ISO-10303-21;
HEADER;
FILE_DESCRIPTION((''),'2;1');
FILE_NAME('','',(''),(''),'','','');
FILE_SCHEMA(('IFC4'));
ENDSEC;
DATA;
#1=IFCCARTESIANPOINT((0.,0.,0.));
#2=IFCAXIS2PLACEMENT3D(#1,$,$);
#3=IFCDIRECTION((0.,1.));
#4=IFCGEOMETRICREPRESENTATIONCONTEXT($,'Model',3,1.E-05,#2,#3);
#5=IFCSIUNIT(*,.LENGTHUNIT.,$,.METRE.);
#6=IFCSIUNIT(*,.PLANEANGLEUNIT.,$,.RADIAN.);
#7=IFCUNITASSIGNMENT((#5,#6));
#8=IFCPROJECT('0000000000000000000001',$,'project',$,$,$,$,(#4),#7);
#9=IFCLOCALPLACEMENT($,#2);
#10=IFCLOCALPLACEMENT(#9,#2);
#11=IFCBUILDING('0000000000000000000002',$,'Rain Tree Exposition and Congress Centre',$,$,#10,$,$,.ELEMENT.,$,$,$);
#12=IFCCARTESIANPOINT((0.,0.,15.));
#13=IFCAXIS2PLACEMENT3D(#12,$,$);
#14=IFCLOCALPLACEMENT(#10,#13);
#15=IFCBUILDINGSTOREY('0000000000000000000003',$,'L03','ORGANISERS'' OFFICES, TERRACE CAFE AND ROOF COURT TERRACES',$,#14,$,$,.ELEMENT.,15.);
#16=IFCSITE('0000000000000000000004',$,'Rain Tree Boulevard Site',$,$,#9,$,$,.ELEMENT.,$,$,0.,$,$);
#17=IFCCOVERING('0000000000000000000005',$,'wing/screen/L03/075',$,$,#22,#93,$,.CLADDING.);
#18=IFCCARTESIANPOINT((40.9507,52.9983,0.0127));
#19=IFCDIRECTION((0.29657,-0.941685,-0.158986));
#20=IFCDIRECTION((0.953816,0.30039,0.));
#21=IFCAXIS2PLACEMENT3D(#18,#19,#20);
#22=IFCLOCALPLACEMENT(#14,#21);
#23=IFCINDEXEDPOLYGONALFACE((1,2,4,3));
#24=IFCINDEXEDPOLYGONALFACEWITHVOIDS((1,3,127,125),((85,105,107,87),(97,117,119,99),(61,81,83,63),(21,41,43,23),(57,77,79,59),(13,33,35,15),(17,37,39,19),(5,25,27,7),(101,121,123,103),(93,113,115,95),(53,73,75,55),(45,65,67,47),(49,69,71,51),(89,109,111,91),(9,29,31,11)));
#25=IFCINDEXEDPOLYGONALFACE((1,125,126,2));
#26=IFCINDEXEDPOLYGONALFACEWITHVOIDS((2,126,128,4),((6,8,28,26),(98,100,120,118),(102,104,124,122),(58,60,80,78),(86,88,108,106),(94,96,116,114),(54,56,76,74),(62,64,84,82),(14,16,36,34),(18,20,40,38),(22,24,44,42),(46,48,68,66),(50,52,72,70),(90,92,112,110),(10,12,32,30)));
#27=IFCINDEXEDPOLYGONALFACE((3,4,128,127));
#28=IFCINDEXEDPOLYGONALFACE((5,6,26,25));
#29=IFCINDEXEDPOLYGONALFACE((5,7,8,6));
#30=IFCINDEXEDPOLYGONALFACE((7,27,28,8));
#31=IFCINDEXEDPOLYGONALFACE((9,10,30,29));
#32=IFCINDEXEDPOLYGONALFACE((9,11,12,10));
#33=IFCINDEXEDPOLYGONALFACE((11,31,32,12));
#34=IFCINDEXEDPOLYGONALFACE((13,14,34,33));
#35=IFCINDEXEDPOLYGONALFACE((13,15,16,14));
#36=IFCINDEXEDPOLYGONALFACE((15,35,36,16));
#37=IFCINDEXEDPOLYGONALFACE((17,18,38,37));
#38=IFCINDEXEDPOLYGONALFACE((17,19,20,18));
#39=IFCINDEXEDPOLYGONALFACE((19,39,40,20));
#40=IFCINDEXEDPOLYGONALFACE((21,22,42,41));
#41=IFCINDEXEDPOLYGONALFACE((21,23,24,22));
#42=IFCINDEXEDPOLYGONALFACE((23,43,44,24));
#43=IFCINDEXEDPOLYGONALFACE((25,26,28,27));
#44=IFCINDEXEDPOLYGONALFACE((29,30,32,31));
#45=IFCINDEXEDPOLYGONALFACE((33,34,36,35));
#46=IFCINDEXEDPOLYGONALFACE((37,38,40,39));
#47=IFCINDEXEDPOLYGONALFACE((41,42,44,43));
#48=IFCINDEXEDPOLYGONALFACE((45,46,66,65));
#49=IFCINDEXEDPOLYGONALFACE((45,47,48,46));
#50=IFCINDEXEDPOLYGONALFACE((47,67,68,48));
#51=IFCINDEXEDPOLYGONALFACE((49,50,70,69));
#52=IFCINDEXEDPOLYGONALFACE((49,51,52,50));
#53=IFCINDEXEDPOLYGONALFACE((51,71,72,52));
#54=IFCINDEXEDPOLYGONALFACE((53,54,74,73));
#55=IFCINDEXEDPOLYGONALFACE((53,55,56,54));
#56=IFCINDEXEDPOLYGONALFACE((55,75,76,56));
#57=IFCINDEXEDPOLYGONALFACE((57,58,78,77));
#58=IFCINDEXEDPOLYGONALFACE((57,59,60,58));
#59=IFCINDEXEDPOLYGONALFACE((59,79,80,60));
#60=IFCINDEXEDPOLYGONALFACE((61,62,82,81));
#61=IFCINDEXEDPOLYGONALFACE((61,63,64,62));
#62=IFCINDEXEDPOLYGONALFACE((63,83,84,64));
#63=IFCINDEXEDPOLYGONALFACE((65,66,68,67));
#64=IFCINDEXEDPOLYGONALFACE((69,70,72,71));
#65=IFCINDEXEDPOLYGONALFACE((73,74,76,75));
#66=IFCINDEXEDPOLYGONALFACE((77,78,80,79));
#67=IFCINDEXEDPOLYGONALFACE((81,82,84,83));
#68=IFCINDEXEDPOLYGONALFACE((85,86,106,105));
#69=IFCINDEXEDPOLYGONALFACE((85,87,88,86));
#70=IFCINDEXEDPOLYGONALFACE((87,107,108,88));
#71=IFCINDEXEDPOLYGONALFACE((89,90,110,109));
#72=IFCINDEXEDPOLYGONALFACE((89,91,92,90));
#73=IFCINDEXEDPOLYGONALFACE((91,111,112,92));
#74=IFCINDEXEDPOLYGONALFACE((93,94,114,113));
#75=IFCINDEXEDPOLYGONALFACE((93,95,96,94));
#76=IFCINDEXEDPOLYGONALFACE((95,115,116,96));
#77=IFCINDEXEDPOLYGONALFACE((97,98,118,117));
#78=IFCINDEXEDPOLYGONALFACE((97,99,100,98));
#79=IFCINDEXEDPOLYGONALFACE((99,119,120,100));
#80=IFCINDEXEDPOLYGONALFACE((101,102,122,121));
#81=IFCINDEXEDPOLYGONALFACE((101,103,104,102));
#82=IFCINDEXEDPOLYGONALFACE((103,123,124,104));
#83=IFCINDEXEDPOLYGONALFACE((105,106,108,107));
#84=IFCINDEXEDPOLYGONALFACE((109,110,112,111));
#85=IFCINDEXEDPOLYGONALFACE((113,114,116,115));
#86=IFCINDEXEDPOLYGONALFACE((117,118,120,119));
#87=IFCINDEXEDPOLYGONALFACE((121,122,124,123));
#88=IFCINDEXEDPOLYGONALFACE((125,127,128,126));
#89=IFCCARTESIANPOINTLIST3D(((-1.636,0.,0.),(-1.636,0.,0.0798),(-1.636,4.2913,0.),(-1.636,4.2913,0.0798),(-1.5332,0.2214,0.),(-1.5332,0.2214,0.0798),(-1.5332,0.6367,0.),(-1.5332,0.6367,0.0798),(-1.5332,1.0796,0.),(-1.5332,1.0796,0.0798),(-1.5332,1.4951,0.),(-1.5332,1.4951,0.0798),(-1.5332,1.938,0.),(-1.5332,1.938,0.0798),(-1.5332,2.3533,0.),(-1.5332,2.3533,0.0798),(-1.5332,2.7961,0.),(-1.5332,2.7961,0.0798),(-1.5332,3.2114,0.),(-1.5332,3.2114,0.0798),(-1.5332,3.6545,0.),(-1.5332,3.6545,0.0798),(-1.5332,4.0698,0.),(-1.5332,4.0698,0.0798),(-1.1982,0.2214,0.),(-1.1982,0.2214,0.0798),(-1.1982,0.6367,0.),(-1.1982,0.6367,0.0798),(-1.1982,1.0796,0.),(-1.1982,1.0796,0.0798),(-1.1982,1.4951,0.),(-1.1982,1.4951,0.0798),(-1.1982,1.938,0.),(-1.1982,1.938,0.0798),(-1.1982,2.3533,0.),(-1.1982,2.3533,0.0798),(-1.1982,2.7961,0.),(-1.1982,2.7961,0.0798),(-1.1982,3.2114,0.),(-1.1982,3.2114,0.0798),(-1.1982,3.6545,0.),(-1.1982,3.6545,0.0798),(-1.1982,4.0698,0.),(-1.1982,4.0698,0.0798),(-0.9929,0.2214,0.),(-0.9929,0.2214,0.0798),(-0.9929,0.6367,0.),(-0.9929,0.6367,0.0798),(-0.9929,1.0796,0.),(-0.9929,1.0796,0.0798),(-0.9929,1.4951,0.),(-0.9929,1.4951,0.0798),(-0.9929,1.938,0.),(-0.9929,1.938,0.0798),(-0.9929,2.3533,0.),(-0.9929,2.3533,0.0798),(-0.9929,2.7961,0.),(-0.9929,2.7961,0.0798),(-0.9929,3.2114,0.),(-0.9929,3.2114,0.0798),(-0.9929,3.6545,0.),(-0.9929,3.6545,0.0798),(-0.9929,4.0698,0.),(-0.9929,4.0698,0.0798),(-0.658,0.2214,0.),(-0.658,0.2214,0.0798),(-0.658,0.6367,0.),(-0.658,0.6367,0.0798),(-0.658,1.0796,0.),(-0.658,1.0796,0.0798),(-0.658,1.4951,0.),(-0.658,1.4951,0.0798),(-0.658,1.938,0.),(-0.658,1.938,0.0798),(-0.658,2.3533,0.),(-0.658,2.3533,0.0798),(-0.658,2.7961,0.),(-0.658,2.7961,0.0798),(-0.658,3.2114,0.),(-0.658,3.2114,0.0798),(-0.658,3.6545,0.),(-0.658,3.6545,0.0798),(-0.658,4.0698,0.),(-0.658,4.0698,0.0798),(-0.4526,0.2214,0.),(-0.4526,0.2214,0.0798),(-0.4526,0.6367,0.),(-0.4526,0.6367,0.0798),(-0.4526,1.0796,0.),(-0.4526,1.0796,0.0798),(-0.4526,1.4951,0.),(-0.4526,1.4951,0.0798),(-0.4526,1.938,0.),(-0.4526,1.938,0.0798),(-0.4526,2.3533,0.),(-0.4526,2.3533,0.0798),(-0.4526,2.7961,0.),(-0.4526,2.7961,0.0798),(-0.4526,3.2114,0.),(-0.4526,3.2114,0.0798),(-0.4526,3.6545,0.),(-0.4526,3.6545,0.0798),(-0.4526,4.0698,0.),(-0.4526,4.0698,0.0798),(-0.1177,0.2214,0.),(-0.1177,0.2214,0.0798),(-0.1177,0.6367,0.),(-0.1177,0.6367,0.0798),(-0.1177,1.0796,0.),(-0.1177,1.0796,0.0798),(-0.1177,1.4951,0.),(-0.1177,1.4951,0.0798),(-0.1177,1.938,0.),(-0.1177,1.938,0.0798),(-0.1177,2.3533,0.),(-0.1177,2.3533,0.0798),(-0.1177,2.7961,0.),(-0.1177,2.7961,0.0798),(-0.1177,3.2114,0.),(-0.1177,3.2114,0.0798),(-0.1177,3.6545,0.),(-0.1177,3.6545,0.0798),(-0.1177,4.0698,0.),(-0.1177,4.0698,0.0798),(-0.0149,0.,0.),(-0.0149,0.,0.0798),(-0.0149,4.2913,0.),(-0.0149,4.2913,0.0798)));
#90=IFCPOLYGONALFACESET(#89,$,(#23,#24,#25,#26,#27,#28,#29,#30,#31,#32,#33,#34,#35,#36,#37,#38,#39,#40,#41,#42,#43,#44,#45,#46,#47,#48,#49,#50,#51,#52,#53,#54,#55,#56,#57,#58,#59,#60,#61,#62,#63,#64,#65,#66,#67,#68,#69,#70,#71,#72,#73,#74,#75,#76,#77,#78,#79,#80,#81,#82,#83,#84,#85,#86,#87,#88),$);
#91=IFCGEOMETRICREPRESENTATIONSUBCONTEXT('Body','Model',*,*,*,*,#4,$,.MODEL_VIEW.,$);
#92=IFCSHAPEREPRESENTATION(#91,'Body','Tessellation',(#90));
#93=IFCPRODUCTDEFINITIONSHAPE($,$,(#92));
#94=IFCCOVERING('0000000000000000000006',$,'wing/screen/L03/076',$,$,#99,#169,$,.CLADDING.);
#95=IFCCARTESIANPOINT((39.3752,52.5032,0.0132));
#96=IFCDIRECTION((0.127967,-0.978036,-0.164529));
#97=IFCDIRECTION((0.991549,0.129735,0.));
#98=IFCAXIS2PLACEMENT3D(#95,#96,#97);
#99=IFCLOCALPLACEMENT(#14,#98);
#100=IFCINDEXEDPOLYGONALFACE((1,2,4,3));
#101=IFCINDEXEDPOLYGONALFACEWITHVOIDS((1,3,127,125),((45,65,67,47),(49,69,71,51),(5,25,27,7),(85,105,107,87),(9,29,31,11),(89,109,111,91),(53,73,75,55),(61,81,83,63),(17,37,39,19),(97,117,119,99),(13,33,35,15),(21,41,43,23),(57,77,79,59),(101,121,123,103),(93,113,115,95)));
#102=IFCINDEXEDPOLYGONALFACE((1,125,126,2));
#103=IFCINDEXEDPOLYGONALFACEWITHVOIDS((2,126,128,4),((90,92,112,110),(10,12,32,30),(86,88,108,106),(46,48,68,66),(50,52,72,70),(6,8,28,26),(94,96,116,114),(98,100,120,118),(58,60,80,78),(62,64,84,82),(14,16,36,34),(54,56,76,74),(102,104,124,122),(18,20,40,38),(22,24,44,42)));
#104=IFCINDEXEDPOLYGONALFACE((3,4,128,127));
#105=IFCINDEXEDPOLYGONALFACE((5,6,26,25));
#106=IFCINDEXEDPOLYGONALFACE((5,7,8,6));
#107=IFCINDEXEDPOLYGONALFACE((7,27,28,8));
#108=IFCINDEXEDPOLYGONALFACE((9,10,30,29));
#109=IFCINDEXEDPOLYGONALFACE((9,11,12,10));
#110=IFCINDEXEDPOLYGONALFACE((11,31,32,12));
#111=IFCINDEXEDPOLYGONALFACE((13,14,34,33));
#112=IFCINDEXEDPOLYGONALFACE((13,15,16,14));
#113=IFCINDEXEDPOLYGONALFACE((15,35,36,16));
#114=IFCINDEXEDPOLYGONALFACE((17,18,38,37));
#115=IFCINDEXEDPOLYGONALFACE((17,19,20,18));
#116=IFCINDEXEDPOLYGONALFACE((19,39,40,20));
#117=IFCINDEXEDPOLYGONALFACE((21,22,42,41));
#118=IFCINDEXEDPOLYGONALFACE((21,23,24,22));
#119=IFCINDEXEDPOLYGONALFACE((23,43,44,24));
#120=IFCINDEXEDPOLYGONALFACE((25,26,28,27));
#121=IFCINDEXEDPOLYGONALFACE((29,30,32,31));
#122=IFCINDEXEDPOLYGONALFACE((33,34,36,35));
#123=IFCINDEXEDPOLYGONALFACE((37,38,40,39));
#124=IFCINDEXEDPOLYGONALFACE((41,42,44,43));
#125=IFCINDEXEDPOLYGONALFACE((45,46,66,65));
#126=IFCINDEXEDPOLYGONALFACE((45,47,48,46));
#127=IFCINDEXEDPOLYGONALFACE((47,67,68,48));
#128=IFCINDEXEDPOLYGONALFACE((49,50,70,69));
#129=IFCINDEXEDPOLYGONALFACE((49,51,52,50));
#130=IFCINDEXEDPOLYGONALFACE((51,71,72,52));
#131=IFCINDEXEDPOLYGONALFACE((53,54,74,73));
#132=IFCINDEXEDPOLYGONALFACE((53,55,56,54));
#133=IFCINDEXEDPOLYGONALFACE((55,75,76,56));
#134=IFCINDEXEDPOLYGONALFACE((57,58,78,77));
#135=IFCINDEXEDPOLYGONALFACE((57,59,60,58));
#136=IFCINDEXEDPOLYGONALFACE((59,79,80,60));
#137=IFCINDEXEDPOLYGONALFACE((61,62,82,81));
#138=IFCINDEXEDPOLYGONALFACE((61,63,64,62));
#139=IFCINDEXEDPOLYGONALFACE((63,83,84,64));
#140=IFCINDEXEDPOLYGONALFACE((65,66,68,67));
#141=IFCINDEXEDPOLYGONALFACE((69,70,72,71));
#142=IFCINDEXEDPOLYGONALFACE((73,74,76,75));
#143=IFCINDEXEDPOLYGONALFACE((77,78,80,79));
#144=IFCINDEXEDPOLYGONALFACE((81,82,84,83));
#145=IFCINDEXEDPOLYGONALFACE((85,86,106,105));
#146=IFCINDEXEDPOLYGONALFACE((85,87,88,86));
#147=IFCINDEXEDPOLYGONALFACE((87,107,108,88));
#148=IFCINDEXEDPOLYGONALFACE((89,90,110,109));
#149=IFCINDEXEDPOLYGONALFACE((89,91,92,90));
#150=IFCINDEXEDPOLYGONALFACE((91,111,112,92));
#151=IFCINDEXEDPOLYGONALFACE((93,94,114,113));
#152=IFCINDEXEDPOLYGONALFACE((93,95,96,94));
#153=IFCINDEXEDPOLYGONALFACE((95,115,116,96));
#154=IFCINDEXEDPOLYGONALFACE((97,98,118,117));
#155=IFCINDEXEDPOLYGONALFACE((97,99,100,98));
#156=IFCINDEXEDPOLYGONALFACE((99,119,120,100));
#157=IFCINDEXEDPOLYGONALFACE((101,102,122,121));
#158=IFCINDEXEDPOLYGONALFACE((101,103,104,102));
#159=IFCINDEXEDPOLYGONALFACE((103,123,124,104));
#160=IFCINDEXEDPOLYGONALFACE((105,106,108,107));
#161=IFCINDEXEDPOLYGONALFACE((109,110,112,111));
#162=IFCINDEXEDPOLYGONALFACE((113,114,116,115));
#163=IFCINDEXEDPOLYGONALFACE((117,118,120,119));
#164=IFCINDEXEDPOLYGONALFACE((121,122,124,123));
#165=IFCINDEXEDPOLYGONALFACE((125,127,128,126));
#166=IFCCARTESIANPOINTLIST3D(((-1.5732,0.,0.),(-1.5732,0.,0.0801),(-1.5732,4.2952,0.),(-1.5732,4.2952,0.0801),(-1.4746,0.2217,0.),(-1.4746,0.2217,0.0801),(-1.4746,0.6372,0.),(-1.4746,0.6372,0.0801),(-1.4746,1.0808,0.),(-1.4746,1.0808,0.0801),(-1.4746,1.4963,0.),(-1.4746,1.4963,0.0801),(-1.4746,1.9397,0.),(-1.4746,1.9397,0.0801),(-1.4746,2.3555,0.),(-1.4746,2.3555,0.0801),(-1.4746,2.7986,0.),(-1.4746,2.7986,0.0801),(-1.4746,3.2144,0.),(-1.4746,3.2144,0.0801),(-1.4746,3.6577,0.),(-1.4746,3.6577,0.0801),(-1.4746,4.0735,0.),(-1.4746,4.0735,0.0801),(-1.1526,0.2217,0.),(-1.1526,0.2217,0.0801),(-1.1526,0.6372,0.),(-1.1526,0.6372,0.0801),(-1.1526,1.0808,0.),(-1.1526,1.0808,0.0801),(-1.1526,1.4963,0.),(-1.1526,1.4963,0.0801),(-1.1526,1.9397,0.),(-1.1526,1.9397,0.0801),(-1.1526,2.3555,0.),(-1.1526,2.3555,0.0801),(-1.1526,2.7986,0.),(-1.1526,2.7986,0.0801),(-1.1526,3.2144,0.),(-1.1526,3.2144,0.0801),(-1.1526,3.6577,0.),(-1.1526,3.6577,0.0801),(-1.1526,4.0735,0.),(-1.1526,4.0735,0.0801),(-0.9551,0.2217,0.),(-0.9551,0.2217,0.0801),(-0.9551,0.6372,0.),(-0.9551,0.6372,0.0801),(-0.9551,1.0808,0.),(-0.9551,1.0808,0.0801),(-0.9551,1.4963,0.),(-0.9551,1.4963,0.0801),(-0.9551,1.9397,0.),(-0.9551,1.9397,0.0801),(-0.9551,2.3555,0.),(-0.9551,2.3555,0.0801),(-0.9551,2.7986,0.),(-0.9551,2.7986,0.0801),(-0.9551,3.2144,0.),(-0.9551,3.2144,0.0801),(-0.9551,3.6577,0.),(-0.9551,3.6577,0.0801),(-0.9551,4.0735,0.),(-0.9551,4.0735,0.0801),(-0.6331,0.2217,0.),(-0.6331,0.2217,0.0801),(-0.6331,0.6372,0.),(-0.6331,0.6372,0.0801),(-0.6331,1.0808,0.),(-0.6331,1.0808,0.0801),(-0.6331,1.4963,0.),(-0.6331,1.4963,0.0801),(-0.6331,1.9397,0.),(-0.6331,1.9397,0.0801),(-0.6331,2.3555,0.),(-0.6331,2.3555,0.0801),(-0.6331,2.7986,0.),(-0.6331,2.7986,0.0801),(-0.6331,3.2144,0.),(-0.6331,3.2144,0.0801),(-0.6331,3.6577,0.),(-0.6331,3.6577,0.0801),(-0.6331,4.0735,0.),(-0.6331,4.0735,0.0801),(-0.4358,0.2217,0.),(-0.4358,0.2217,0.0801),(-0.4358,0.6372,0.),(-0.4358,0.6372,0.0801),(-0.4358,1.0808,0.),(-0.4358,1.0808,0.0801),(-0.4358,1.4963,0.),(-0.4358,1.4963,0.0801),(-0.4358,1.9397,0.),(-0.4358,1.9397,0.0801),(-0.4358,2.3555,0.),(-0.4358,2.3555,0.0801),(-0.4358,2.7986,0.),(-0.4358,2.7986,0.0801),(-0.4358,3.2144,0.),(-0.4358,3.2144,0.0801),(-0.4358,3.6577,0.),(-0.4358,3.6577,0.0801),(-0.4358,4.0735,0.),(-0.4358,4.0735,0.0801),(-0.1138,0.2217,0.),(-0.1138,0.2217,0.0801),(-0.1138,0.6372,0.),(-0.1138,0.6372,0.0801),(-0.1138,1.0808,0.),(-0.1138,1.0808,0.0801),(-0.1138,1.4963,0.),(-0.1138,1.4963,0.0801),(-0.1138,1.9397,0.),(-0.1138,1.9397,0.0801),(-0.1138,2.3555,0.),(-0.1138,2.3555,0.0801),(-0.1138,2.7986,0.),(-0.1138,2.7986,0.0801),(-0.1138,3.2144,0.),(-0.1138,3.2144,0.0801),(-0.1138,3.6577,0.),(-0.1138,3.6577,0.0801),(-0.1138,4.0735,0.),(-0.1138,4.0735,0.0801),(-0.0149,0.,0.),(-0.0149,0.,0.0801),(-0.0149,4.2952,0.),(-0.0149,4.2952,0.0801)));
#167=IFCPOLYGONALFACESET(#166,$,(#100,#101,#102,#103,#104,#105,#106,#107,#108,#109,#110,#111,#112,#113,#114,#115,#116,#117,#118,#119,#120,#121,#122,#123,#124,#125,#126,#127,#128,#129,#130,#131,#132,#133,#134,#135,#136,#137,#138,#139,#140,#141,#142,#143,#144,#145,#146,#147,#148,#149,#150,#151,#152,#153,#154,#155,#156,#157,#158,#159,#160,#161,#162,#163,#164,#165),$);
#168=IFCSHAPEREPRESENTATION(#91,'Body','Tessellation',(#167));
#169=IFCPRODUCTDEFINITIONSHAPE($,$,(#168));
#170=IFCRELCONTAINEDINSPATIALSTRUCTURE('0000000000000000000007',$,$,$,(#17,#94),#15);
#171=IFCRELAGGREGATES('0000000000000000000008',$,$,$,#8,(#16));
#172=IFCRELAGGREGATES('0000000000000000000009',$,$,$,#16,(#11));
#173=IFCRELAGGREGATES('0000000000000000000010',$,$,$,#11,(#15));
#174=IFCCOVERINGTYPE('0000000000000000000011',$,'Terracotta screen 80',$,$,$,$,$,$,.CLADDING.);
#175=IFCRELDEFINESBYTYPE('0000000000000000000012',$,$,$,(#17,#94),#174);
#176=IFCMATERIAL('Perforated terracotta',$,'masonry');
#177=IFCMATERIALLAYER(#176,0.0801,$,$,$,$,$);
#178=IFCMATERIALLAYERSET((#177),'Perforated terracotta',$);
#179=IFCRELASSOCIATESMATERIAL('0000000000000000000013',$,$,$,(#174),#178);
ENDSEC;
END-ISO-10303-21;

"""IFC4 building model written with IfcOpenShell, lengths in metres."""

from ifc_helpers import new_model, si_unit, direction, frame, origin, place, context, subcontext, project, spatial, polyline, outline, extrude, material, layer, layer_set, type_object, element, save


model = new_model("IFC4")

# Units and contexts
model_context = context("Model", 3, precision=1e-05, world=origin(), true_north=direction((0.0, 1.0)))
body_context = subcontext(model_context, "Body", "Model", "MODEL_VIEW")
ifc_project = project(units=[si_unit("LENGTHUNIT", "METRE"), si_unit("PLANEANGLEUNIT", "RADIAN")], contexts=[model_context])

# Site, building, storey
site_placement = place(None, origin())
site = spatial("IfcSite", under=ifc_project, at=site_placement, Name="Rain Tree Boulevard Site", CompositionType="ELEMENT", RefElevation=0.0)
building_placement = place(site_placement, origin())
building = spatial("IfcBuilding", under=site, at=building_placement, Name="Rain Tree Exposition and Congress Centre", CompositionType="ELEMENT")
storey_placement = place(building_placement, frame((0.0, 0.0, 15.0)))
storey = spatial("IfcBuildingStorey", under=building, at=storey_placement, Name="L03", Description="ORGANISERS' OFFICES, TERRACE CAFE AND ROOF COURT TERRACES", CompositionType="ELEMENT", Elevation=15.0)

# Coverings
ifc_material_1 = material(Name="Perforated terracotta", Category="masonry")
ifc_layer = layer(ifc_material_1, 0.0801)
ifc_layer_set = layer_set([ifc_layer], Name="Perforated terracotta")
covering_type = type_object("IfcCoveringType", Name="Terracotta screen 80", PredefinedType="CLADDING", material=ifc_layer_set)
covering_1_placement = place(storey_placement, frame((40.9507, 52.9983, 0.0127), z_axis=(0.29657, -0.941685, -0.158986), x_axis=(0.953816, 0.30039, 0.0)))
element("IfcCovering", 1, at=covering_1_placement, inside=storey, type_object=covering_type, Name="wing/screen/L03/075", PredefinedType="CLADDING", context=body_context, shape_type="SweptSolid", body=[
    extrude(outline(polyline([(-1.636, 0.0), (-1.636, 4.2913), (-0.0149, 4.2913), (-0.0149, 0.0), (-1.636, 0.0)]), holes=[polyline([(-0.1177, 0.2214), (-0.1177, 0.6367), (-0.4526, 0.6367), (-0.4526, 0.2214), (-0.1177, 0.2214)]), polyline([(-0.1177, 1.0796), (-0.1177, 1.4951), (-0.4526, 1.4951), (-0.4526, 1.0796), (-0.1177, 1.0796)]), polyline([(-0.1177, 1.938), (-0.1177, 2.3533), (-0.4526, 2.3533), (-0.4526, 1.938), (-0.1177, 1.938)]), polyline([(-0.1177, 2.7961), (-0.1177, 3.2114), (-0.4526, 3.2114), (-0.4526, 2.7961), (-0.1177, 2.7961)]), polyline([(-0.1177, 3.6545), (-0.1177, 4.0698), (-0.4526, 4.0698), (-0.4526, 3.6545), (-0.1177, 3.6545)]), polyline([(-0.658, 0.2214), (-0.658, 0.6367), (-0.9929, 0.6367), (-0.9929, 0.2214), (-0.658, 0.2214)]), polyline([(-0.658, 1.0796), (-0.658, 1.4951), (-0.9929, 1.4951), (-0.9929, 1.0796), (-0.658, 1.0796)]), polyline([(-0.658, 1.938), (-0.658, 2.3533), (-0.9929, 2.3533), (-0.9929, 1.938), (-0.658, 1.938)]), polyline([(-0.658, 2.7961), (-0.658, 3.2114), (-0.9929, 3.2114), (-0.9929, 2.7961), (-0.658, 2.7961)]), polyline([(-0.658, 3.6545), (-0.658, 4.0698), (-0.9929, 4.0698), (-0.9929, 3.6545), (-0.658, 3.6545)]), polyline([(-1.1982, 0.2214), (-1.1982, 0.6367), (-1.5332, 0.6367), (-1.5332, 0.2214), (-1.1982, 0.2214)]), polyline([(-1.1982, 1.0796), (-1.1982, 1.4951), (-1.5332, 1.4951), (-1.5332, 1.0796), (-1.1982, 1.0796)]), polyline([(-1.1982, 1.938), (-1.1982, 2.3533), (-1.5332, 2.3533), (-1.5332, 1.938), (-1.1982, 1.938)]), polyline([(-1.1982, 2.7961), (-1.1982, 3.2114), (-1.5332, 3.2114), (-1.5332, 2.7961), (-1.1982, 2.7961)]), polyline([(-1.1982, 3.6545), (-1.1982, 4.0698), (-1.5332, 4.0698), (-1.5332, 3.6545), (-1.1982, 3.6545)])]), origin(), (0.0, 0.0, 1.0), 0.0798),
])
covering_2_placement = place(storey_placement, frame((39.3752, 52.5032, 0.0132), z_axis=(0.127967, -0.978036, -0.164529), x_axis=(0.991549, 0.129735, 0.0)))
element("IfcCovering", 2, at=covering_2_placement, inside=storey, type_object=covering_type, Name="wing/screen/L03/076", PredefinedType="CLADDING", context=body_context, shape_type="SweptSolid", body=[
    extrude(outline(polyline([(-1.5732, 0.0), (-1.5732, 4.2952), (-0.0149, 4.2952), (-0.0149, 0.0), (-1.5732, 0.0)]), holes=[polyline([(-0.1138, 0.2217), (-0.1138, 0.6372), (-0.4358, 0.6372), (-0.4358, 0.2217), (-0.1138, 0.2217)]), polyline([(-0.1138, 1.0808), (-0.1138, 1.4963), (-0.4358, 1.4963), (-0.4358, 1.0808), (-0.1138, 1.0808)]), polyline([(-0.1138, 1.9397), (-0.1138, 2.3555), (-0.4358, 2.3555), (-0.4358, 1.9397), (-0.1138, 1.9397)]), polyline([(-0.1138, 2.7986), (-0.1138, 3.2144), (-0.4358, 3.2144), (-0.4358, 2.7986), (-0.1138, 2.7986)]), polyline([(-0.1138, 3.6577), (-0.1138, 4.0735), (-0.4358, 4.0735), (-0.4358, 3.6577), (-0.1138, 3.6577)]), polyline([(-0.6331, 0.2217), (-0.6331, 0.6372), (-0.9551, 0.6372), (-0.9551, 0.2217), (-0.6331, 0.2217)]), polyline([(-0.6331, 1.0808), (-0.6331, 1.4963), (-0.9551, 1.4963), (-0.9551, 1.0808), (-0.6331, 1.0808)]), polyline([(-0.6331, 1.9397), (-0.6331, 2.3555), (-0.9551, 2.3555), (-0.9551, 1.9397), (-0.6331, 1.9397)]), polyline([(-0.6331, 2.7986), (-0.6331, 3.2144), (-0.9551, 3.2144), (-0.9551, 2.7986), (-0.6331, 2.7986)]), polyline([(-0.6331, 3.6577), (-0.6331, 4.0735), (-0.9551, 4.0735), (-0.9551, 3.6577), (-0.6331, 3.6577)]), polyline([(-1.1526, 0.2217), (-1.1526, 0.6372), (-1.4746, 0.6372), (-1.4746, 0.2217), (-1.1526, 0.2217)]), polyline([(-1.1526, 1.0808), (-1.1526, 1.4963), (-1.4746, 1.4963), (-1.4746, 1.0808), (-1.1526, 1.0808)]), polyline([(-1.1526, 1.9397), (-1.1526, 2.3555), (-1.4746, 2.3555), (-1.4746, 1.9397), (-1.1526, 1.9397)]), polyline([(-1.1526, 2.7986), (-1.1526, 3.2144), (-1.4746, 3.2144), (-1.4746, 2.7986), (-1.1526, 2.7986)]), polyline([(-1.1526, 3.6577), (-1.1526, 4.0735), (-1.4746, 4.0735), (-1.4746, 3.6577), (-1.1526, 3.6577)])]), origin(), (0.0, 0.0, 1.0), 0.0801),
])

save(model, "model.ifc")
